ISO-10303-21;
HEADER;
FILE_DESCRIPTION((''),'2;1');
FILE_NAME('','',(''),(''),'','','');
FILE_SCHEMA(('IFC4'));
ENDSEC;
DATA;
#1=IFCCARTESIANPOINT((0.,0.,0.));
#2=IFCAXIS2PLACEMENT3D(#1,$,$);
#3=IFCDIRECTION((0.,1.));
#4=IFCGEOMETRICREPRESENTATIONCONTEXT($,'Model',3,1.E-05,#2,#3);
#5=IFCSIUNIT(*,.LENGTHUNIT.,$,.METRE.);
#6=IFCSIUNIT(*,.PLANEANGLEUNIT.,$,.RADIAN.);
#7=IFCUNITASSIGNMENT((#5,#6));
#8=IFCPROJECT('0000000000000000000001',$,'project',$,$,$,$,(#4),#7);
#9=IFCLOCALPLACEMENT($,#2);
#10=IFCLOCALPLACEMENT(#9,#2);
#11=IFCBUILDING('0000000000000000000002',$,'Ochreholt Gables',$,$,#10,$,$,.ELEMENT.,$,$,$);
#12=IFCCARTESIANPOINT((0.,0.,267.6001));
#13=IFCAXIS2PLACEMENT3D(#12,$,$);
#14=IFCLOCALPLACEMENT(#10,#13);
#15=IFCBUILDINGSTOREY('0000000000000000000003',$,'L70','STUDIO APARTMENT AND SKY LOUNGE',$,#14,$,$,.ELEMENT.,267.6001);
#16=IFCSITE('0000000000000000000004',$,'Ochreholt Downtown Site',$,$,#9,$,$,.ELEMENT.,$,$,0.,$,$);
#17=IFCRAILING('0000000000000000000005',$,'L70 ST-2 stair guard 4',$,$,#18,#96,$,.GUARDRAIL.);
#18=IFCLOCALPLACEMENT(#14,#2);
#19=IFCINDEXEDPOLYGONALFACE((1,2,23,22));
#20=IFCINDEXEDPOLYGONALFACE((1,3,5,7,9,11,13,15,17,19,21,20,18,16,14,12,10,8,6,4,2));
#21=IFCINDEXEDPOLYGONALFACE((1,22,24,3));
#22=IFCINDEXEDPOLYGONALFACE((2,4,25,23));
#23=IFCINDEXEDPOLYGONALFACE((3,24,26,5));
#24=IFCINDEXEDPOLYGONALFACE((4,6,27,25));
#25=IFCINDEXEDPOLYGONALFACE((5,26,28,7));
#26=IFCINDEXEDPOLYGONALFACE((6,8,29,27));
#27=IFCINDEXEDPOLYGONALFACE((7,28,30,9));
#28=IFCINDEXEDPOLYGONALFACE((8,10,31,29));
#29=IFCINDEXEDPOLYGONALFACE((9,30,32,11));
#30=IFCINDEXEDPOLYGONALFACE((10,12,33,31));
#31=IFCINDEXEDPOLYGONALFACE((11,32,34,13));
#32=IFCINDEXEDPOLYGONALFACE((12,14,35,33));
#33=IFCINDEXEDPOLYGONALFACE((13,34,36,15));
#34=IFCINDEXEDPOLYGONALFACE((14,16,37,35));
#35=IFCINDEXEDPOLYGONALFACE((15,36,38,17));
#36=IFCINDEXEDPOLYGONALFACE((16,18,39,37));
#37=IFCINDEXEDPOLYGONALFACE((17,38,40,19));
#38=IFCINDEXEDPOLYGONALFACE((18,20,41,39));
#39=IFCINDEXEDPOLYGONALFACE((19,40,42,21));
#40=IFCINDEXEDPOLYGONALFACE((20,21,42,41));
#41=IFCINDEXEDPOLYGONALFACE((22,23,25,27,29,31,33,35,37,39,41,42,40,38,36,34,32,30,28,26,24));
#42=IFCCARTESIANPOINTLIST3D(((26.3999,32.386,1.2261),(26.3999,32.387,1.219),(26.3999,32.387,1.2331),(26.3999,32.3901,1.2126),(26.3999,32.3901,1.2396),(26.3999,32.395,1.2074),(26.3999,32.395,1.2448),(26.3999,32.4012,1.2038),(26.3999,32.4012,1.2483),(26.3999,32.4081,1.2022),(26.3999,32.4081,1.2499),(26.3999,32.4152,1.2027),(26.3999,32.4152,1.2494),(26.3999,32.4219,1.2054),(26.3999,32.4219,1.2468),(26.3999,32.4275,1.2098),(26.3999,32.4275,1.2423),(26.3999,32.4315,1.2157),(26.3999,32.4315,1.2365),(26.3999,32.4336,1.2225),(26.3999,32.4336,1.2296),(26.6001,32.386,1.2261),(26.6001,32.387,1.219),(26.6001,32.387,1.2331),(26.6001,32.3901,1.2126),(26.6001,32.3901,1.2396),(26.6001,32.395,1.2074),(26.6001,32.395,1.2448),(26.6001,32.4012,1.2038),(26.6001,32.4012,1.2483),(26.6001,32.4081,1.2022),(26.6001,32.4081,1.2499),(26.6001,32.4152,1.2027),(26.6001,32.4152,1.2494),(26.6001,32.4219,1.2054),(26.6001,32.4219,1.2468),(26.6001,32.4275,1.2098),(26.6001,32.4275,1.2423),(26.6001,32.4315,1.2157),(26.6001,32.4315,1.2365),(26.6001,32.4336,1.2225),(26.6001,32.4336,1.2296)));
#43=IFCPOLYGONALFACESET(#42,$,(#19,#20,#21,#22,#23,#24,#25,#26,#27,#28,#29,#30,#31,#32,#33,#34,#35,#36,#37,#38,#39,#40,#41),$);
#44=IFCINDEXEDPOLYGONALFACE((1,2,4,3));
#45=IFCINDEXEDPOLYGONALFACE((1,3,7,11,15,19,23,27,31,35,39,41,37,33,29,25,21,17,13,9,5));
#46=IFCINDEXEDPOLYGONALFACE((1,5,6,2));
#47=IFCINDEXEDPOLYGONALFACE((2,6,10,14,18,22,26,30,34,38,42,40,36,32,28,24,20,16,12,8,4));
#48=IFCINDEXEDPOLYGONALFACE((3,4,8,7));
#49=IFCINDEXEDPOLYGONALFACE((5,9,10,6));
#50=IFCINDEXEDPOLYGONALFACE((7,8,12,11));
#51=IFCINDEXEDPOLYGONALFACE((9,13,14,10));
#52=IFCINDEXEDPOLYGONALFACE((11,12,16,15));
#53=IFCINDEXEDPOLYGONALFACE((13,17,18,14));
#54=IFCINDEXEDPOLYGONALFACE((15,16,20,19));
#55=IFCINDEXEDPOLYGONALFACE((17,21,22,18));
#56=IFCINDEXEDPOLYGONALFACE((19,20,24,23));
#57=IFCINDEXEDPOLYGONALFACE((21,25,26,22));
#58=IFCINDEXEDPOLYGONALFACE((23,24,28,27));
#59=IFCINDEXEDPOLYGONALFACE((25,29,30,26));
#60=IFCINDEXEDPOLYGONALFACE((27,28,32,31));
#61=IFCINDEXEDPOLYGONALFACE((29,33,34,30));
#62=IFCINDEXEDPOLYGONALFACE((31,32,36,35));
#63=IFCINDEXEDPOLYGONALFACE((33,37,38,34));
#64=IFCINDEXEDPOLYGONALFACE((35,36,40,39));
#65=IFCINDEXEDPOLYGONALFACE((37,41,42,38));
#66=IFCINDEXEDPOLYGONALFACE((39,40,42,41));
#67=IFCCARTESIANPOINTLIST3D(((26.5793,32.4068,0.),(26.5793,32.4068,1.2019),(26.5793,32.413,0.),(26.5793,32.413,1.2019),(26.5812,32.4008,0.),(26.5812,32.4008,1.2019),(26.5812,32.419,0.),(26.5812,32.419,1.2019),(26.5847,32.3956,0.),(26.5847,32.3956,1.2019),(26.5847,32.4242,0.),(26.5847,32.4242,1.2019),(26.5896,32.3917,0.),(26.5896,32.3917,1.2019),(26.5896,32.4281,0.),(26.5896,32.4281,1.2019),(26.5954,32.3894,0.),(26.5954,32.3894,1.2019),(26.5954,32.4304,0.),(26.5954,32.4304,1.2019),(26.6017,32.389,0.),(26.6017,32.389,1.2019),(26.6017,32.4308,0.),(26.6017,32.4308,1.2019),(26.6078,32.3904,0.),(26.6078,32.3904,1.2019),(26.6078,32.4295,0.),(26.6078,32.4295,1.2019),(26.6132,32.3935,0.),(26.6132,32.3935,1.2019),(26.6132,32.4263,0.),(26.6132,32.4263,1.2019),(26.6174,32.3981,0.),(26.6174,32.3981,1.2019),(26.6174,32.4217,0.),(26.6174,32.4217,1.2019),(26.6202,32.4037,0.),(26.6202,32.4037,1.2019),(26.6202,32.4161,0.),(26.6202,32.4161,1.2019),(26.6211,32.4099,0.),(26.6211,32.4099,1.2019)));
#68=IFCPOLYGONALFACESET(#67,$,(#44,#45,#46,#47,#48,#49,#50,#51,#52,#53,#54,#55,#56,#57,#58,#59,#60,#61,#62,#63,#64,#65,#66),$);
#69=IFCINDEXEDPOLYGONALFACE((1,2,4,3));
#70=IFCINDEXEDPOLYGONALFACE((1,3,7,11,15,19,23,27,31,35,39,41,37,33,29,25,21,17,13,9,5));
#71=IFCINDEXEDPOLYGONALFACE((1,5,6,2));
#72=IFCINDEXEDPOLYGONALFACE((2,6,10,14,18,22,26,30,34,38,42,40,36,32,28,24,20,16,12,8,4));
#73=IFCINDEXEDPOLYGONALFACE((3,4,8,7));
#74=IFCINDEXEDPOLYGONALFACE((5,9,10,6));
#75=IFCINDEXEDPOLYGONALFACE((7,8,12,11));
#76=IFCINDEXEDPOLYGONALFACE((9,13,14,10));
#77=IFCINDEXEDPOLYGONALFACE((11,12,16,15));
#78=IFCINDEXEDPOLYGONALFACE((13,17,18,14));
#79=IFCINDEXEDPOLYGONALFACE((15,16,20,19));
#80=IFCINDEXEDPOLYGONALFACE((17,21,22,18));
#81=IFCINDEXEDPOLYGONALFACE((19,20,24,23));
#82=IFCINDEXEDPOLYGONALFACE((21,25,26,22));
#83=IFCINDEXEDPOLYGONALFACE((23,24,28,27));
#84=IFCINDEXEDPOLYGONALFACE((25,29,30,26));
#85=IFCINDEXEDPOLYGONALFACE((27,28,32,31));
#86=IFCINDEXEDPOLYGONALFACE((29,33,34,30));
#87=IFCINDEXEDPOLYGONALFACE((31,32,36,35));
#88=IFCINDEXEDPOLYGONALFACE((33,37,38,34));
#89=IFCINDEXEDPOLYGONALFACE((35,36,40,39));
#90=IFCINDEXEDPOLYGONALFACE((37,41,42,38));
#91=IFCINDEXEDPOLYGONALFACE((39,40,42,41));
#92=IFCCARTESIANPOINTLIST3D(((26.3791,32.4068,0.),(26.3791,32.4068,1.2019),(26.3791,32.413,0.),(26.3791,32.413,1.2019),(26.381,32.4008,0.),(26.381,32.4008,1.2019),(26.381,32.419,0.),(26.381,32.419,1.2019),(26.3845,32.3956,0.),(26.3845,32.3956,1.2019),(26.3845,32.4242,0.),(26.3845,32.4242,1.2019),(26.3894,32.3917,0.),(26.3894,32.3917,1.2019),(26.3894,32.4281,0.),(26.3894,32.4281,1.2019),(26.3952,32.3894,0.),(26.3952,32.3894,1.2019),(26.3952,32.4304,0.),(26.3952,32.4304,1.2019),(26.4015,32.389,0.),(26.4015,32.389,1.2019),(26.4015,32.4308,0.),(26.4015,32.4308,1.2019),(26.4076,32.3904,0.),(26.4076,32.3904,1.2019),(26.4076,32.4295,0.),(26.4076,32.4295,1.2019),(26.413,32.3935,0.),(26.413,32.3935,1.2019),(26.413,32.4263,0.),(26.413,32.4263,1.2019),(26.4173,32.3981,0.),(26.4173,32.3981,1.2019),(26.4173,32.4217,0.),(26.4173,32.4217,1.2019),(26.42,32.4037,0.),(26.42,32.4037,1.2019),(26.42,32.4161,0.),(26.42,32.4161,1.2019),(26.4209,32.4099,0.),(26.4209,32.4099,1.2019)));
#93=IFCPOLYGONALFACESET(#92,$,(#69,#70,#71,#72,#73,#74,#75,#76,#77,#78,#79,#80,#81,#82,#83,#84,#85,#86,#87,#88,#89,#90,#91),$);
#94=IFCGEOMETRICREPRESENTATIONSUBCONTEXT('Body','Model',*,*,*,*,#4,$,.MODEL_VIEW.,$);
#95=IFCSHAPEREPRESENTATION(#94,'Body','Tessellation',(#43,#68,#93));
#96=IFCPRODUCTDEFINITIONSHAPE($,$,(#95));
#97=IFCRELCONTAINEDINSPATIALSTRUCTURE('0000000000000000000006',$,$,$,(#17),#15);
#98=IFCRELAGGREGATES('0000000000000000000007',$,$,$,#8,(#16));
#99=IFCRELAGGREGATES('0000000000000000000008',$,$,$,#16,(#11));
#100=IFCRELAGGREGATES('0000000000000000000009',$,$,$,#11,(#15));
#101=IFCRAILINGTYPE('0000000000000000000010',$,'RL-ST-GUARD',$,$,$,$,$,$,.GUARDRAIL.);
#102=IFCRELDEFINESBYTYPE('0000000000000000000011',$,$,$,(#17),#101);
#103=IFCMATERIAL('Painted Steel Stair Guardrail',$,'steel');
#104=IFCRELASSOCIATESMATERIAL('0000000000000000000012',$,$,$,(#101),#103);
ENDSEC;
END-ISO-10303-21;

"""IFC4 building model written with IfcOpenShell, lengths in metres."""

from ifc_helpers import new_model, si_unit, direction, frame, origin, origin_2d, place, context, subcontext, project, spatial, circle, extrude, material, type_object, element, save


model = new_model("IFC4")

# Units and contexts
model_context = context("Model", 3, precision=1e-05, world=origin(), true_north=direction((0.0, 1.0)))
body_context = subcontext(model_context, "Body", "Model", "MODEL_VIEW")
ifc_project = project(units=[si_unit("LENGTHUNIT", "METRE"), si_unit("PLANEANGLEUNIT", "RADIAN")], contexts=[model_context])

# Site, building, storey
site_placement = place(None, origin())
site = spatial("IfcSite", under=ifc_project, at=site_placement, Name="Ochreholt Downtown Site", CompositionType="ELEMENT", RefElevation=0.0)
building_placement = place(site_placement, origin())
building = spatial("IfcBuilding", under=site, at=building_placement, Name="Ochreholt Gables", CompositionType="ELEMENT")
storey_placement = place(building_placement, frame((0.0, 0.0, 267.6001)))
storey = spatial("IfcBuildingStorey", under=building, at=storey_placement, Name="L70", Description="STUDIO APARTMENT AND SKY LOUNGE", CompositionType="ELEMENT", Elevation=267.6001)

# Railing
ifc_material_1 = material(Name="Painted Steel Stair Guardrail", Category="steel")
railing_type_1 = type_object("IfcRailingType", Name="RL-ST-GUARD", PredefinedType="GUARDRAIL", material=ifc_material_1)
railing_1_placement = place(storey_placement, frame((26.6001, 32.4099, 0.0)))
element("IfcRailing", 1, at=railing_1_placement, inside=storey, type_object=railing_type_1, Name="L70 ST-2 stair guard 4", PredefinedType="GUARDRAIL", context=body_context, shape_type="SweptSolid", body=[
    extrude(circle(Radius=0.0239, at=origin_2d()), frame((0.0, 0.0, 1.2261), z_axis=(-1.0, 0.0, 0.0), x_axis=(0.0, -1.0, 0.0)), (0.0, 0.0, 1.0), 0.2002),
    extrude(circle(Radius=0.021, at=origin_2d()), origin(), (0.0, 0.0, 1.0), 1.2019),
    extrude(circle(Radius=0.021, at=origin_2d()), frame((-0.2002, 0.0, 0.0)), (0.0, 0.0, 1.0), 1.2019),
])

save(model, "model.ifc")
